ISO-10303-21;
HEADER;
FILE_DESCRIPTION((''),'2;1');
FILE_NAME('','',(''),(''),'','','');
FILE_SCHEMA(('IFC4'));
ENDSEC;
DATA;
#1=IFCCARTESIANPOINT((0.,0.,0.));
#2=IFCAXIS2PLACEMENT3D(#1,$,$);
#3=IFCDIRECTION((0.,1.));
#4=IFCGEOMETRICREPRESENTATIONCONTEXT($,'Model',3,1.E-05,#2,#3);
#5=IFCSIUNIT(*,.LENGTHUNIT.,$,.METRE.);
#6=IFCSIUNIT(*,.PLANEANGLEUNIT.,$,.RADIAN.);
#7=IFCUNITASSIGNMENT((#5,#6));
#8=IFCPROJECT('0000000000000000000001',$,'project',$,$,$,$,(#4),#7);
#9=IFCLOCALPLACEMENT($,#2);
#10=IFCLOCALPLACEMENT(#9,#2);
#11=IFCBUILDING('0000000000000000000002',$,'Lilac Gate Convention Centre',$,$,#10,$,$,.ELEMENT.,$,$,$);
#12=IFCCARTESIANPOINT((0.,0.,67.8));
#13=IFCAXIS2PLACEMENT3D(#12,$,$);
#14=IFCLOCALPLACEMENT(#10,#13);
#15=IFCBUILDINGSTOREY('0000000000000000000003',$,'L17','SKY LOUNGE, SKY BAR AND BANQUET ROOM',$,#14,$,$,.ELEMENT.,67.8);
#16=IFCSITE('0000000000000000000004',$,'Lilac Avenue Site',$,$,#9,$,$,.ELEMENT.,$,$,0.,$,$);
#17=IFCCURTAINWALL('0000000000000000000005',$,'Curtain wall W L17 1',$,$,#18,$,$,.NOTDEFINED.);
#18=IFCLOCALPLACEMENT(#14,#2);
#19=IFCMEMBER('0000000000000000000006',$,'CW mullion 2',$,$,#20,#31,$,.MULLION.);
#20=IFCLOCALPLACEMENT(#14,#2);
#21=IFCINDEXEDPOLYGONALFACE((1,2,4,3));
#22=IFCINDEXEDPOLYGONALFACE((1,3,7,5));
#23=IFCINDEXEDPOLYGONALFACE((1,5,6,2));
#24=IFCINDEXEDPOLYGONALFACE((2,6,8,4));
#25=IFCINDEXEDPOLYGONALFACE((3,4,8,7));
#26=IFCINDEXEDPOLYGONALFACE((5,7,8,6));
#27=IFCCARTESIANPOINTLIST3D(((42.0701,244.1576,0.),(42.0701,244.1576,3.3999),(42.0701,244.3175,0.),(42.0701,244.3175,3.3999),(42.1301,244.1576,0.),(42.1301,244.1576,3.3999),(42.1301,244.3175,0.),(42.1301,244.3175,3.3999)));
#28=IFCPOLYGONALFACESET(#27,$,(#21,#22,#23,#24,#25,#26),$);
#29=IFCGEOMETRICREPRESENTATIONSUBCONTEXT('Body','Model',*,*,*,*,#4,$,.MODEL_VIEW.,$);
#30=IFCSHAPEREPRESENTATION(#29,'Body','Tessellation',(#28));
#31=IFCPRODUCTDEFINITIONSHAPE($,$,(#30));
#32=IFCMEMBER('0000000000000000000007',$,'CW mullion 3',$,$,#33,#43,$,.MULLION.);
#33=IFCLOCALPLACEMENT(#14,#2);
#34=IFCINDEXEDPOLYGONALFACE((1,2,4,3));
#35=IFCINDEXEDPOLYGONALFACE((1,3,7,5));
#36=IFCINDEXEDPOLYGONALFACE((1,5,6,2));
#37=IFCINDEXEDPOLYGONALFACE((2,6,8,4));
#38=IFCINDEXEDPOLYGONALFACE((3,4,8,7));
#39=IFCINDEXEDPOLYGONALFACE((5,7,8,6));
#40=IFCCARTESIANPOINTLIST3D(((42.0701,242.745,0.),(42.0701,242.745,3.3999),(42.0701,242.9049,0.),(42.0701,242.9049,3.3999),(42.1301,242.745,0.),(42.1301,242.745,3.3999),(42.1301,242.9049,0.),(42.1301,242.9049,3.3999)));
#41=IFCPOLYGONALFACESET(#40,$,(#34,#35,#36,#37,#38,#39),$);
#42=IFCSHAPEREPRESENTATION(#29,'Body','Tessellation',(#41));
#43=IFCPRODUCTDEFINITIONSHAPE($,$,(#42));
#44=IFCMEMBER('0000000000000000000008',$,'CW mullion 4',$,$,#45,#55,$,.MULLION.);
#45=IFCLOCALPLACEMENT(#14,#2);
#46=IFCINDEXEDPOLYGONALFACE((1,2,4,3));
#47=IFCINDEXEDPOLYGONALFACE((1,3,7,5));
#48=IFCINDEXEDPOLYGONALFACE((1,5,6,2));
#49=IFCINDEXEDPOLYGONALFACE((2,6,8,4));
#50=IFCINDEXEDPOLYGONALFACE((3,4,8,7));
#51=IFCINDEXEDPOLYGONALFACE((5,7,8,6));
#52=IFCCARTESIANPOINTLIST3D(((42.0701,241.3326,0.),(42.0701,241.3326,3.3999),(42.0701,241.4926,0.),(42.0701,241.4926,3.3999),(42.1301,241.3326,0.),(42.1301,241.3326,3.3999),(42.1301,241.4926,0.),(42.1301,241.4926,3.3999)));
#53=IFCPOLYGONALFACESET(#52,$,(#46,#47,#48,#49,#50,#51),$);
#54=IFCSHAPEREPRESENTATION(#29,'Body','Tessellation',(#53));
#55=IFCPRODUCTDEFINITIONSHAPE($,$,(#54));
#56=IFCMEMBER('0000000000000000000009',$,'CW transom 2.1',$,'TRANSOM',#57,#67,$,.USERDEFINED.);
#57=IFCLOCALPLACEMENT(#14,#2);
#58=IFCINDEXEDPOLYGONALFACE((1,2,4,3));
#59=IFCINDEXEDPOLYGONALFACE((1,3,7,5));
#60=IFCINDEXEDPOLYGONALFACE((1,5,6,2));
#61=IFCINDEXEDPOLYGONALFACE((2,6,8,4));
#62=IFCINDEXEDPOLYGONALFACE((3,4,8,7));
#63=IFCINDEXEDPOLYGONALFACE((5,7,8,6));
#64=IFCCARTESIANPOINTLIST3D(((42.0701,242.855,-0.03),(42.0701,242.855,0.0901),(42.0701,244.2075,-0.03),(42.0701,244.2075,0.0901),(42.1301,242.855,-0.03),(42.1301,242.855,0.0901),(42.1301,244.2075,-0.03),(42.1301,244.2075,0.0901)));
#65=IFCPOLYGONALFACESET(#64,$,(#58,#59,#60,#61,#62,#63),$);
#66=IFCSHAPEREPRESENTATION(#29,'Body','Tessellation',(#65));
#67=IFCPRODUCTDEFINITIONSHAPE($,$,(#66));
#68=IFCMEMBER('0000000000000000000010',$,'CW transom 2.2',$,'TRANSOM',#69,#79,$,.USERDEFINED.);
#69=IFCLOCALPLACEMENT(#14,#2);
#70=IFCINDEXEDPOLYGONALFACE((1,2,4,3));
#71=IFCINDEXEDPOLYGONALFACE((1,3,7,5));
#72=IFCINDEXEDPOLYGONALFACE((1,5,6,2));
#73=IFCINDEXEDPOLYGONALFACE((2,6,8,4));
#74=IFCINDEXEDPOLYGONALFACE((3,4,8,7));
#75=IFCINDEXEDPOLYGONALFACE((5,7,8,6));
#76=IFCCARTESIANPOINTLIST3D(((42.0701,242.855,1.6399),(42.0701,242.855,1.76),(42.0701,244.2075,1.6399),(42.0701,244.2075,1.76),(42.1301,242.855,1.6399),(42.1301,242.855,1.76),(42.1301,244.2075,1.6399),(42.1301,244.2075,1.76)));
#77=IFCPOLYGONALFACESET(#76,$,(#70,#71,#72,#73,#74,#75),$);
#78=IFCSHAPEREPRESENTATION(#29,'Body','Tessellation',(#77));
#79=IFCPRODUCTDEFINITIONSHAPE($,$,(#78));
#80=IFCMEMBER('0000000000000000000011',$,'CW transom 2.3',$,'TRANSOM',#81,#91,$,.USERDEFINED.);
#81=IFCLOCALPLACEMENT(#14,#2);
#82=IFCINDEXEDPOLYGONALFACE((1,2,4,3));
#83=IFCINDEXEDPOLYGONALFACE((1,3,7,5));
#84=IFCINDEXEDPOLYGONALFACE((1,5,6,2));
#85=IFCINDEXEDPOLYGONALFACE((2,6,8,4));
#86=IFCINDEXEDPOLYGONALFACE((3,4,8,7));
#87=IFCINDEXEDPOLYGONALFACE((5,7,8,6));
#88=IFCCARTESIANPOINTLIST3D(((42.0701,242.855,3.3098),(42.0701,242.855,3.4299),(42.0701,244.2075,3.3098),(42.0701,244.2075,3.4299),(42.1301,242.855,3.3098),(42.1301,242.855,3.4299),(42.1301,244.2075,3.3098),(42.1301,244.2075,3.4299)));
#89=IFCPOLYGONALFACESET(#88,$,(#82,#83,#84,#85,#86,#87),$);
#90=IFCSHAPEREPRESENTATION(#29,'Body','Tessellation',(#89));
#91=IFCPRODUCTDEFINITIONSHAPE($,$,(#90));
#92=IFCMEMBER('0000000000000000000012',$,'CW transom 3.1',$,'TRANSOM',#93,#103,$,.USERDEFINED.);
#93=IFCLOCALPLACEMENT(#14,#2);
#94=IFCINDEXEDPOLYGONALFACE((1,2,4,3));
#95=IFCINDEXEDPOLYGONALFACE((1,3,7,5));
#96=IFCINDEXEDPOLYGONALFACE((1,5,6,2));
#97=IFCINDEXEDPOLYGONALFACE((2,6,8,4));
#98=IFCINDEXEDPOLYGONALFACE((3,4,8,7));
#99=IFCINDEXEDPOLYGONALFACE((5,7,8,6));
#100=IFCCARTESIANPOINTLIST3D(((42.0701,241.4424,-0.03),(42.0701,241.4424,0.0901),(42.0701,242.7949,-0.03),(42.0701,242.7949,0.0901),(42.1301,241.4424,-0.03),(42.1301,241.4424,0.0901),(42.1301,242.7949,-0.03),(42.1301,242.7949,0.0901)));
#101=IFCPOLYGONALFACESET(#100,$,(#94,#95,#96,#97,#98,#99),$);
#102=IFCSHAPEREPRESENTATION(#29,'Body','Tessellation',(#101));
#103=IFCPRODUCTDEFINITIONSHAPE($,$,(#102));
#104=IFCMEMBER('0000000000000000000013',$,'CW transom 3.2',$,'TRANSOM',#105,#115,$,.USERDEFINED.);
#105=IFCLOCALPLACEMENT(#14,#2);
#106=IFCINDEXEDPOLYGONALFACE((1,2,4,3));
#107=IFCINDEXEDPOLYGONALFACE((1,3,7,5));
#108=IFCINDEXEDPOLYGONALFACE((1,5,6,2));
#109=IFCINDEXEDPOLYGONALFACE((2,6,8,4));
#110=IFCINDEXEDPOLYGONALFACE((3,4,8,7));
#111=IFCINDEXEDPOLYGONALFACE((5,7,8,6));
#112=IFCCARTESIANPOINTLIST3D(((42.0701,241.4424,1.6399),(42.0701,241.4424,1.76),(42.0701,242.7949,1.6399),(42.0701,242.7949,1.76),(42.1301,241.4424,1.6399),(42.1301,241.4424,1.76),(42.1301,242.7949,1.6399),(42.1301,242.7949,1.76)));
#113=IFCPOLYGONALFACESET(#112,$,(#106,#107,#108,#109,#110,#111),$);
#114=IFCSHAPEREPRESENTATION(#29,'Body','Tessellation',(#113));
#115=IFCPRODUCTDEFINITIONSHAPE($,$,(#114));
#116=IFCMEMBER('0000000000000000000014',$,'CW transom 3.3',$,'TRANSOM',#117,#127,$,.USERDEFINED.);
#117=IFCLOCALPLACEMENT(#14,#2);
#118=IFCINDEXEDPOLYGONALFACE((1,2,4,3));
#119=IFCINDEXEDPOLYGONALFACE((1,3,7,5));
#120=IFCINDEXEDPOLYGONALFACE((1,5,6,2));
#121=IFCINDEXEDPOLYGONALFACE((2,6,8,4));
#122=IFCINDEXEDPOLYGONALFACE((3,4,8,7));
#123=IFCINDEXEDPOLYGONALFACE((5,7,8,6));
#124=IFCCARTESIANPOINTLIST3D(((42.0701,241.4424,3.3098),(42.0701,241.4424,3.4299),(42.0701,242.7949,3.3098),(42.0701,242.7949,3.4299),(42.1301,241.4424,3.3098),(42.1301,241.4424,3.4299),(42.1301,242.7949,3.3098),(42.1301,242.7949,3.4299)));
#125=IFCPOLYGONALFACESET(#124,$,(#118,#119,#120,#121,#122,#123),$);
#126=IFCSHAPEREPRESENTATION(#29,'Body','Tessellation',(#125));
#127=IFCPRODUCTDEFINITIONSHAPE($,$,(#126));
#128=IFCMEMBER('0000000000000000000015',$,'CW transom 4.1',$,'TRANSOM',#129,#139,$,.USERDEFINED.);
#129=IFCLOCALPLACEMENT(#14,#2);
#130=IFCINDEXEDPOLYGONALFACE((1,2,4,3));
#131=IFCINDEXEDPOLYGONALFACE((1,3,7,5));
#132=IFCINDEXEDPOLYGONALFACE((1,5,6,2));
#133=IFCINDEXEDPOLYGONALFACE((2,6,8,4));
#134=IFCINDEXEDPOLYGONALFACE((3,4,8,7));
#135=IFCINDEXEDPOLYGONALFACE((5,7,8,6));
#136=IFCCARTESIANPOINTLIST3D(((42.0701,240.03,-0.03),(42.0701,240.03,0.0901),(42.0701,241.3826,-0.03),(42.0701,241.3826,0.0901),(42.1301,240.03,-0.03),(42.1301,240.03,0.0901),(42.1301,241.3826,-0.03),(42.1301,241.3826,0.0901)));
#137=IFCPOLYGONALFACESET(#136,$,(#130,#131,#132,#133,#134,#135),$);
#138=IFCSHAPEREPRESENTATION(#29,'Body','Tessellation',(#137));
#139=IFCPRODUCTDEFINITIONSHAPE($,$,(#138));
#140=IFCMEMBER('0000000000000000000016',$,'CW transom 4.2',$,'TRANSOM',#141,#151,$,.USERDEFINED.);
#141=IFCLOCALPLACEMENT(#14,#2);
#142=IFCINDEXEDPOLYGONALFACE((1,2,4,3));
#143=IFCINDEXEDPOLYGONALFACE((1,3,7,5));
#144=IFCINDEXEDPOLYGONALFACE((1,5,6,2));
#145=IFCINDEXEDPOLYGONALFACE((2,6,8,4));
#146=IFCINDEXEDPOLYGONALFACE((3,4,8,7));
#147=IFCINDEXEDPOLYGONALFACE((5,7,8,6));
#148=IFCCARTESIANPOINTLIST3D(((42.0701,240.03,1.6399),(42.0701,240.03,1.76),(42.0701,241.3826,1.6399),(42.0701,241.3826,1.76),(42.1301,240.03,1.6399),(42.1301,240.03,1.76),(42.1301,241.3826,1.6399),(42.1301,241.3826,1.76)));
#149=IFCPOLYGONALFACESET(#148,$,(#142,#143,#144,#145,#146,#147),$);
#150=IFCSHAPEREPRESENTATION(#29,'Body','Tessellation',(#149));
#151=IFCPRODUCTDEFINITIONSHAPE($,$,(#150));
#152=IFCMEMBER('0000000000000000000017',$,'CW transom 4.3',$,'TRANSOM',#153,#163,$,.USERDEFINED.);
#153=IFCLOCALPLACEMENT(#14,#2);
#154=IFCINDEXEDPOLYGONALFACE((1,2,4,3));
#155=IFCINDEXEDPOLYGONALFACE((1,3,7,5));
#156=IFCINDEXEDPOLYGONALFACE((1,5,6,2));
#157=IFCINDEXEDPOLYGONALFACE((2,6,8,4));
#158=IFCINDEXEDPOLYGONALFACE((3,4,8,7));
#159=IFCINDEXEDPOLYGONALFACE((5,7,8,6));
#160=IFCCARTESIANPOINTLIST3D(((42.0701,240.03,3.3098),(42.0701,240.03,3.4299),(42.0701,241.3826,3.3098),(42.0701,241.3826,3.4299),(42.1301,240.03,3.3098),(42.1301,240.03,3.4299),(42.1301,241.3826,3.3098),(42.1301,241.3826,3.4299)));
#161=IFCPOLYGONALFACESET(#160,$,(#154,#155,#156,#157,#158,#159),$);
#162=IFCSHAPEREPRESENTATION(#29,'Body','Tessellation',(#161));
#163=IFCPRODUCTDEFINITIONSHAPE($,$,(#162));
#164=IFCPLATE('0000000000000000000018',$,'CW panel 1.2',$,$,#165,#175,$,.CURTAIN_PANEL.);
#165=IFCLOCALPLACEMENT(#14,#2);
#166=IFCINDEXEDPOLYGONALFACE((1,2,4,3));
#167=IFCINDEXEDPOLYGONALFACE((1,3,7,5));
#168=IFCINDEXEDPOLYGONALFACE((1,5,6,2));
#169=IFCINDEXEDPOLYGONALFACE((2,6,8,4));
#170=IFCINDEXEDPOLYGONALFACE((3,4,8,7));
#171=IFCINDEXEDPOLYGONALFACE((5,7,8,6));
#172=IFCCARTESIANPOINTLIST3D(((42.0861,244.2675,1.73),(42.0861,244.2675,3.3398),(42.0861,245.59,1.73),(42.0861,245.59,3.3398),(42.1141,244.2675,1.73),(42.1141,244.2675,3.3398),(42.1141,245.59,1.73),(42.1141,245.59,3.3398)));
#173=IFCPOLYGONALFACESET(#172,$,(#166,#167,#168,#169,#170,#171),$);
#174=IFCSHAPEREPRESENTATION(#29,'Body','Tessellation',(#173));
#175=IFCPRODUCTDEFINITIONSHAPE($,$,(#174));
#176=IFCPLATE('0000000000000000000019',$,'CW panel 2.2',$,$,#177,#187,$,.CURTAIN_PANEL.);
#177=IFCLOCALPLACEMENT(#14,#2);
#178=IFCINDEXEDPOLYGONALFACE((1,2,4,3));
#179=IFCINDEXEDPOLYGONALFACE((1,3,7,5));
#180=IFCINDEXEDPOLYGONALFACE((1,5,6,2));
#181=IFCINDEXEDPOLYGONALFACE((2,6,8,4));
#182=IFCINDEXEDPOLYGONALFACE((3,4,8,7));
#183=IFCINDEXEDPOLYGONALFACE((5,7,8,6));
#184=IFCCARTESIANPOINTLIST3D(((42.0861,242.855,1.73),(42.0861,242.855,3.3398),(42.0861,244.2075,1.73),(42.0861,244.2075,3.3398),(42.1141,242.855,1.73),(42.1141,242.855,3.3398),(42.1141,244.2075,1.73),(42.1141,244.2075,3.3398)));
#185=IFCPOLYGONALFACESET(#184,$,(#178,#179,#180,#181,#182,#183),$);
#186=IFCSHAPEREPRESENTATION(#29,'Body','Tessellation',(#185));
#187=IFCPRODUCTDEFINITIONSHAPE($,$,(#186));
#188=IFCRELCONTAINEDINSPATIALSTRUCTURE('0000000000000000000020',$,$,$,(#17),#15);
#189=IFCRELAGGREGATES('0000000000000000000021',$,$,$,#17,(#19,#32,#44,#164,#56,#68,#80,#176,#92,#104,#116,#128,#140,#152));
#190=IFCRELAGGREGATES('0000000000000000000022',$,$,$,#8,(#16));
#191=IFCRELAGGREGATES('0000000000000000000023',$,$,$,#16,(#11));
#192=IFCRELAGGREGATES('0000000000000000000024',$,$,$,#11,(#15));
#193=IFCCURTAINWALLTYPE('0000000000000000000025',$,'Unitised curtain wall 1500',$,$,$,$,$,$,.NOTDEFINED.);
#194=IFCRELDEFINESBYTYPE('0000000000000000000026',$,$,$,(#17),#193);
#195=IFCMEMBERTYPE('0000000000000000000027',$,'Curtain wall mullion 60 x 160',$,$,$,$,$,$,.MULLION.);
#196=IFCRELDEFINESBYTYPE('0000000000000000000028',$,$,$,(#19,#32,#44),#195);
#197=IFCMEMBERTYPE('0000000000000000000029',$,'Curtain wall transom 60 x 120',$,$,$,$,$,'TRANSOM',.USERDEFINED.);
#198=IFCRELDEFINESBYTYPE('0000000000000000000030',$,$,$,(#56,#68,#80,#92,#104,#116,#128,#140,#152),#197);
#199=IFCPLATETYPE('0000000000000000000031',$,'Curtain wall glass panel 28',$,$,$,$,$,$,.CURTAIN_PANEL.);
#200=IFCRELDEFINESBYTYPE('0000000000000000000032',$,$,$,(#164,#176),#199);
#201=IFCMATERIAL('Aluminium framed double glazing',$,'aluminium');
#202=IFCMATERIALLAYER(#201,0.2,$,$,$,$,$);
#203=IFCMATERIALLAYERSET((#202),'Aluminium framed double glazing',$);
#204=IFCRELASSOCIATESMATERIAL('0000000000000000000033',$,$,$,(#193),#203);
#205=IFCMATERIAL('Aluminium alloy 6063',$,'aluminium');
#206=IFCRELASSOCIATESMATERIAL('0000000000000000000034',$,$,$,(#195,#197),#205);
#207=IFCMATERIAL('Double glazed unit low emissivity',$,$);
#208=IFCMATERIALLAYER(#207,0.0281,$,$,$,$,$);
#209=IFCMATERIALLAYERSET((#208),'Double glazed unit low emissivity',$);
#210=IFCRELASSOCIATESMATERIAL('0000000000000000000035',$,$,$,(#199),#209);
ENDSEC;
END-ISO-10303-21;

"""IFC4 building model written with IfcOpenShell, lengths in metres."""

from ifc_helpers import new_model, si_unit, direction, frame, origin, origin_2d, place, context, subcontext, project, spatial, rectangle, extrude, material, layer, layer_set, material_profile, profile_set, type_object, element, aggregate, save


model = new_model("IFC4")

# Units and contexts
model_context = context("Model", 3, precision=1e-05, world=origin(), true_north=direction((0.0, 1.0)))
body_context = subcontext(model_context, "Body", "Model", "MODEL_VIEW")
ifc_project = project(units=[si_unit("LENGTHUNIT", "METRE"), si_unit("PLANEANGLEUNIT", "RADIAN")], contexts=[model_context])

# Site, building, storey
site_placement = place(None, origin())
site = spatial("IfcSite", under=ifc_project, at=site_placement, Name="Lilac Avenue Site", CompositionType="ELEMENT", RefElevation=0.0)
building_placement = place(site_placement, origin())
building = spatial("IfcBuilding", under=site, at=building_placement, Name="Lilac Gate Convention Centre", CompositionType="ELEMENT")
storey_placement = place(building_placement, frame((0.0, 0.0, 67.8)))
storey = spatial("IfcBuildingStorey", under=building, at=storey_placement, Name="L17", Description="SKY LOUNGE, SKY BAR AND BANQUET ROOM", CompositionType="ELEMENT", Elevation=67.8)

# Curtain wall, members, plates
ifc_material_1 = material(Name="Aluminium framed double glazing", Category="aluminium")
ifc_layer_1 = layer(ifc_material_1, 0.2)
ifc_layer_set_1 = layer_set([ifc_layer_1], Name="Aluminium framed double glazing")
curtain_wall_type = type_object("IfcCurtainWallType", Name="Unitised curtain wall 1500", PredefinedType="NOTDEFINED", material=ifc_layer_set_1)
curtain_wall_placement = place(storey_placement, origin())
curtain_wall = element("IfcCurtainWall", 1, at=curtain_wall_placement, inside=storey, type_object=curtain_wall_type, Name="Curtain wall W L17 1", PredefinedType="NOTDEFINED")
ifc_material_2 = material(Name="Aluminium alloy 6063", Category="aluminium")
ifc_material_profile_1 = material_profile(ifc_material_2, rectangle(XDim=0.0601, YDim=0.1599, at=origin_2d()), Name="Curtain wall mullion 60 x 160")
ifc_profile_set_1 = profile_set([ifc_material_profile_1], Name="Aluminium alloy 6063")
member_type_1 = type_object("IfcMemberType", Name="Curtain wall mullion 60 x 160", PredefinedType="MULLION", material=ifc_profile_set_1)
member_1_placement = place(storey_placement, frame((42.1001, 244.2375, 0.0), z_axis=(0.0, 0.0, 1.0), x_axis=(1.0, 0.0, 0.0)))
member_1 = element("IfcMember", 2, at=member_1_placement, type_object=member_type_1, Name="CW mullion 2", PredefinedType="MULLION", context=body_context, shape_type="SweptSolid", body=[
    extrude(rectangle(XDim=0.0601, YDim=0.1599, at=origin_2d()), origin(), (0.0, 0.0, 1.0), 3.3999),
])
member_2_placement = place(storey_placement, frame((42.1001, 242.825, 0.0), z_axis=(0.0, 0.0, 1.0), x_axis=(1.0, 0.0, 0.0)))
member_2 = element("IfcMember", 3, at=member_2_placement, type_object=member_type_1, Name="CW mullion 3", PredefinedType="MULLION", context=body_context, shape_type="SweptSolid", body=[
    extrude(rectangle(XDim=0.0601, YDim=0.1599, at=origin_2d()), origin(), (0.0, 0.0, 1.0), 3.3999),
])
member_3_placement = place(storey_placement, frame((42.1001, 241.4126, 0.0), z_axis=(0.0, 0.0, 1.0), x_axis=(1.0, 0.0, 0.0)))
member_3 = element("IfcMember", 4, at=member_3_placement, type_object=member_type_1, Name="CW mullion 4", PredefinedType="MULLION", context=body_context, shape_type="SweptSolid", body=[
    extrude(rectangle(XDim=0.0601, YDim=0.1599, at=origin_2d()), origin(), (0.0, 0.0, 1.0), 3.3999),
])
ifc_material_profile_2 = material_profile(ifc_material_2, rectangle(XDim=0.0601, YDim=0.1201, at=origin_2d()), Name="Curtain wall transom 60 x 120")
ifc_profile_set_2 = profile_set([ifc_material_profile_2], Name="Aluminium alloy 6063")
member_type_2 = type_object("IfcMemberType", Name="Curtain wall transom 60 x 120", ElementType="TRANSOM", PredefinedType="USERDEFINED", material=ifc_profile_set_2)
member_4_placement = place(storey_placement, frame((42.1001, 244.2075, 0.03), z_axis=(0.0, -1.0, 0.0), x_axis=(1.0, 0.0, 0.0)))
member_4 = element("IfcMember", 5, at=member_4_placement, type_object=member_type_2, Name="CW transom 2.1", ObjectType="TRANSOM", PredefinedType="USERDEFINED", context=body_context, shape_type="SweptSolid", body=[
    extrude(rectangle(XDim=0.0601, YDim=0.1201, at=origin_2d()), origin(), (0.0, 0.0, 1.0), 1.3525),
])
member_5_placement = place(storey_placement, frame((42.1001, 244.2075, 1.7), z_axis=(0.0, -1.0, 0.0), x_axis=(1.0, 0.0, 0.0)))
member_5 = element("IfcMember", 6, at=member_5_placement, type_object=member_type_2, Name="CW transom 2.2", ObjectType="TRANSOM", PredefinedType="USERDEFINED", context=body_context, shape_type="SweptSolid", body=[
    extrude(rectangle(XDim=0.0601, YDim=0.1201, at=origin_2d()), origin(), (0.0, 0.0, 1.0), 1.3525),
])
member_6_placement = place(storey_placement, frame((42.1001, 244.2075, 3.3699), z_axis=(0.0, -1.0, 0.0), x_axis=(1.0, 0.0, 0.0)))
member_6 = element("IfcMember", 7, at=member_6_placement, type_object=member_type_2, Name="CW transom 2.3", ObjectType="TRANSOM", PredefinedType="USERDEFINED", context=body_context, shape_type="SweptSolid", body=[
    extrude(rectangle(XDim=0.0601, YDim=0.1201, at=origin_2d()), origin(), (0.0, 0.0, 1.0), 1.3525),
])
member_7_placement = place(storey_placement, frame((42.1001, 242.7949, 0.03), z_axis=(0.0, -1.0, 0.0), x_axis=(1.0, 0.0, 0.0)))
member_7 = element("IfcMember", 8, at=member_7_placement, type_object=member_type_2, Name="CW transom 3.1", ObjectType="TRANSOM", PredefinedType="USERDEFINED", context=body_context, shape_type="SweptSolid", body=[
    extrude(rectangle(XDim=0.0601, YDim=0.1201, at=origin_2d()), origin(), (0.0, 0.0, 1.0), 1.3525),
])
member_8_placement = place(storey_placement, frame((42.1001, 242.7949, 1.7), z_axis=(0.0, -1.0, 0.0), x_axis=(1.0, 0.0, 0.0)))
member_8 = element("IfcMember", 9, at=member_8_placement, type_object=member_type_2, Name="CW transom 3.2", ObjectType="TRANSOM", PredefinedType="USERDEFINED", context=body_context, shape_type="SweptSolid", body=[
    extrude(rectangle(XDim=0.0601, YDim=0.1201, at=origin_2d()), origin(), (0.0, 0.0, 1.0), 1.3525),
])
member_9_placement = place(storey_placement, frame((42.1001, 242.7949, 3.3699), z_axis=(0.0, -1.0, 0.0), x_axis=(1.0, 0.0, 0.0)))
member_9 = element("IfcMember", 10, at=member_9_placement, type_object=member_type_2, Name="CW transom 3.3", ObjectType="TRANSOM", PredefinedType="USERDEFINED", context=body_context, shape_type="SweptSolid", body=[
    extrude(rectangle(XDim=0.0601, YDim=0.1201, at=origin_2d()), origin(), (0.0, 0.0, 1.0), 1.3525),
])
member_10_placement = place(storey_placement, frame((42.1001, 241.3826, 0.03), z_axis=(0.0, -1.0, 0.0), x_axis=(1.0, 0.0, 0.0)))
member_10 = element("IfcMember", 11, at=member_10_placement, type_object=member_type_2, Name="CW transom 4.1", ObjectType="TRANSOM", PredefinedType="USERDEFINED", context=body_context, shape_type="SweptSolid", body=[
    extrude(rectangle(XDim=0.0601, YDim=0.1201, at=origin_2d()), origin(), (0.0, 0.0, 1.0), 1.3525),
])
member_11_placement = place(storey_placement, frame((42.1001, 241.3826, 1.7), z_axis=(0.0, -1.0, 0.0), x_axis=(1.0, 0.0, 0.0)))
member_11 = element("IfcMember", 12, at=member_11_placement, type_object=member_type_2, Name="CW transom 4.2", ObjectType="TRANSOM", PredefinedType="USERDEFINED", context=body_context, shape_type="SweptSolid", body=[
    extrude(rectangle(XDim=0.0601, YDim=0.1201, at=origin_2d()), origin(), (0.0, 0.0, 1.0), 1.3525),
])
member_12_placement = place(storey_placement, frame((42.1001, 241.3826, 3.3699), z_axis=(0.0, -1.0, 0.0), x_axis=(1.0, 0.0, 0.0)))
member_12 = element("IfcMember", 13, at=member_12_placement, type_object=member_type_2, Name="CW transom 4.3", ObjectType="TRANSOM", PredefinedType="USERDEFINED", context=body_context, shape_type="SweptSolid", body=[
    extrude(rectangle(XDim=0.0601, YDim=0.1201, at=origin_2d()), origin(), (0.0, 0.0, 1.0), 1.3525),
])
ifc_material_3 = material(Name="Double glazed unit low emissivity")
ifc_layer_2 = layer(ifc_material_3, 0.0281)
ifc_layer_set_2 = layer_set([ifc_layer_2], Name="Double glazed unit low emissivity")
plate_type_1 = type_object("IfcPlateType", Name="Curtain wall glass panel 28", PredefinedType="CURTAIN_PANEL", material=ifc_layer_set_2)
plate_1_placement = place(storey_placement, frame((42.1001, 244.9287, 1.73), z_axis=(0.0, 0.0, 1.0), x_axis=(0.0, -1.0, 0.0)))
plate_1 = element("IfcPlate", 14, at=plate_1_placement, type_object=plate_type_1, Name="CW panel 1.2", PredefinedType="CURTAIN_PANEL", context=body_context, shape_type="SweptSolid", body=[
    extrude(rectangle(XDim=1.3225, YDim=0.0281, at=origin_2d()), origin(), (0.0, 0.0, 1.0), 1.6099),
])
plate_2_placement = place(storey_placement, frame((42.1001, 243.5312, 1.73), z_axis=(0.0, 0.0, 1.0), x_axis=(0.0, -1.0, 0.0)))
plate_2 = element("IfcPlate", 15, at=plate_2_placement, type_object=plate_type_1, Name="CW panel 2.2", PredefinedType="CURTAIN_PANEL", context=body_context, shape_type="SweptSolid", body=[
    extrude(rectangle(XDim=1.3525, YDim=0.0281, at=origin_2d()), origin(), (0.0, 0.0, 1.0), 1.6099),
])
aggregate(curtain_wall, [member_1, member_2, member_3, plate_1, member_4, member_5, member_6, plate_2, member_7, member_8, member_9, member_10, member_11, member_12])

save(model, "model.ifc")
